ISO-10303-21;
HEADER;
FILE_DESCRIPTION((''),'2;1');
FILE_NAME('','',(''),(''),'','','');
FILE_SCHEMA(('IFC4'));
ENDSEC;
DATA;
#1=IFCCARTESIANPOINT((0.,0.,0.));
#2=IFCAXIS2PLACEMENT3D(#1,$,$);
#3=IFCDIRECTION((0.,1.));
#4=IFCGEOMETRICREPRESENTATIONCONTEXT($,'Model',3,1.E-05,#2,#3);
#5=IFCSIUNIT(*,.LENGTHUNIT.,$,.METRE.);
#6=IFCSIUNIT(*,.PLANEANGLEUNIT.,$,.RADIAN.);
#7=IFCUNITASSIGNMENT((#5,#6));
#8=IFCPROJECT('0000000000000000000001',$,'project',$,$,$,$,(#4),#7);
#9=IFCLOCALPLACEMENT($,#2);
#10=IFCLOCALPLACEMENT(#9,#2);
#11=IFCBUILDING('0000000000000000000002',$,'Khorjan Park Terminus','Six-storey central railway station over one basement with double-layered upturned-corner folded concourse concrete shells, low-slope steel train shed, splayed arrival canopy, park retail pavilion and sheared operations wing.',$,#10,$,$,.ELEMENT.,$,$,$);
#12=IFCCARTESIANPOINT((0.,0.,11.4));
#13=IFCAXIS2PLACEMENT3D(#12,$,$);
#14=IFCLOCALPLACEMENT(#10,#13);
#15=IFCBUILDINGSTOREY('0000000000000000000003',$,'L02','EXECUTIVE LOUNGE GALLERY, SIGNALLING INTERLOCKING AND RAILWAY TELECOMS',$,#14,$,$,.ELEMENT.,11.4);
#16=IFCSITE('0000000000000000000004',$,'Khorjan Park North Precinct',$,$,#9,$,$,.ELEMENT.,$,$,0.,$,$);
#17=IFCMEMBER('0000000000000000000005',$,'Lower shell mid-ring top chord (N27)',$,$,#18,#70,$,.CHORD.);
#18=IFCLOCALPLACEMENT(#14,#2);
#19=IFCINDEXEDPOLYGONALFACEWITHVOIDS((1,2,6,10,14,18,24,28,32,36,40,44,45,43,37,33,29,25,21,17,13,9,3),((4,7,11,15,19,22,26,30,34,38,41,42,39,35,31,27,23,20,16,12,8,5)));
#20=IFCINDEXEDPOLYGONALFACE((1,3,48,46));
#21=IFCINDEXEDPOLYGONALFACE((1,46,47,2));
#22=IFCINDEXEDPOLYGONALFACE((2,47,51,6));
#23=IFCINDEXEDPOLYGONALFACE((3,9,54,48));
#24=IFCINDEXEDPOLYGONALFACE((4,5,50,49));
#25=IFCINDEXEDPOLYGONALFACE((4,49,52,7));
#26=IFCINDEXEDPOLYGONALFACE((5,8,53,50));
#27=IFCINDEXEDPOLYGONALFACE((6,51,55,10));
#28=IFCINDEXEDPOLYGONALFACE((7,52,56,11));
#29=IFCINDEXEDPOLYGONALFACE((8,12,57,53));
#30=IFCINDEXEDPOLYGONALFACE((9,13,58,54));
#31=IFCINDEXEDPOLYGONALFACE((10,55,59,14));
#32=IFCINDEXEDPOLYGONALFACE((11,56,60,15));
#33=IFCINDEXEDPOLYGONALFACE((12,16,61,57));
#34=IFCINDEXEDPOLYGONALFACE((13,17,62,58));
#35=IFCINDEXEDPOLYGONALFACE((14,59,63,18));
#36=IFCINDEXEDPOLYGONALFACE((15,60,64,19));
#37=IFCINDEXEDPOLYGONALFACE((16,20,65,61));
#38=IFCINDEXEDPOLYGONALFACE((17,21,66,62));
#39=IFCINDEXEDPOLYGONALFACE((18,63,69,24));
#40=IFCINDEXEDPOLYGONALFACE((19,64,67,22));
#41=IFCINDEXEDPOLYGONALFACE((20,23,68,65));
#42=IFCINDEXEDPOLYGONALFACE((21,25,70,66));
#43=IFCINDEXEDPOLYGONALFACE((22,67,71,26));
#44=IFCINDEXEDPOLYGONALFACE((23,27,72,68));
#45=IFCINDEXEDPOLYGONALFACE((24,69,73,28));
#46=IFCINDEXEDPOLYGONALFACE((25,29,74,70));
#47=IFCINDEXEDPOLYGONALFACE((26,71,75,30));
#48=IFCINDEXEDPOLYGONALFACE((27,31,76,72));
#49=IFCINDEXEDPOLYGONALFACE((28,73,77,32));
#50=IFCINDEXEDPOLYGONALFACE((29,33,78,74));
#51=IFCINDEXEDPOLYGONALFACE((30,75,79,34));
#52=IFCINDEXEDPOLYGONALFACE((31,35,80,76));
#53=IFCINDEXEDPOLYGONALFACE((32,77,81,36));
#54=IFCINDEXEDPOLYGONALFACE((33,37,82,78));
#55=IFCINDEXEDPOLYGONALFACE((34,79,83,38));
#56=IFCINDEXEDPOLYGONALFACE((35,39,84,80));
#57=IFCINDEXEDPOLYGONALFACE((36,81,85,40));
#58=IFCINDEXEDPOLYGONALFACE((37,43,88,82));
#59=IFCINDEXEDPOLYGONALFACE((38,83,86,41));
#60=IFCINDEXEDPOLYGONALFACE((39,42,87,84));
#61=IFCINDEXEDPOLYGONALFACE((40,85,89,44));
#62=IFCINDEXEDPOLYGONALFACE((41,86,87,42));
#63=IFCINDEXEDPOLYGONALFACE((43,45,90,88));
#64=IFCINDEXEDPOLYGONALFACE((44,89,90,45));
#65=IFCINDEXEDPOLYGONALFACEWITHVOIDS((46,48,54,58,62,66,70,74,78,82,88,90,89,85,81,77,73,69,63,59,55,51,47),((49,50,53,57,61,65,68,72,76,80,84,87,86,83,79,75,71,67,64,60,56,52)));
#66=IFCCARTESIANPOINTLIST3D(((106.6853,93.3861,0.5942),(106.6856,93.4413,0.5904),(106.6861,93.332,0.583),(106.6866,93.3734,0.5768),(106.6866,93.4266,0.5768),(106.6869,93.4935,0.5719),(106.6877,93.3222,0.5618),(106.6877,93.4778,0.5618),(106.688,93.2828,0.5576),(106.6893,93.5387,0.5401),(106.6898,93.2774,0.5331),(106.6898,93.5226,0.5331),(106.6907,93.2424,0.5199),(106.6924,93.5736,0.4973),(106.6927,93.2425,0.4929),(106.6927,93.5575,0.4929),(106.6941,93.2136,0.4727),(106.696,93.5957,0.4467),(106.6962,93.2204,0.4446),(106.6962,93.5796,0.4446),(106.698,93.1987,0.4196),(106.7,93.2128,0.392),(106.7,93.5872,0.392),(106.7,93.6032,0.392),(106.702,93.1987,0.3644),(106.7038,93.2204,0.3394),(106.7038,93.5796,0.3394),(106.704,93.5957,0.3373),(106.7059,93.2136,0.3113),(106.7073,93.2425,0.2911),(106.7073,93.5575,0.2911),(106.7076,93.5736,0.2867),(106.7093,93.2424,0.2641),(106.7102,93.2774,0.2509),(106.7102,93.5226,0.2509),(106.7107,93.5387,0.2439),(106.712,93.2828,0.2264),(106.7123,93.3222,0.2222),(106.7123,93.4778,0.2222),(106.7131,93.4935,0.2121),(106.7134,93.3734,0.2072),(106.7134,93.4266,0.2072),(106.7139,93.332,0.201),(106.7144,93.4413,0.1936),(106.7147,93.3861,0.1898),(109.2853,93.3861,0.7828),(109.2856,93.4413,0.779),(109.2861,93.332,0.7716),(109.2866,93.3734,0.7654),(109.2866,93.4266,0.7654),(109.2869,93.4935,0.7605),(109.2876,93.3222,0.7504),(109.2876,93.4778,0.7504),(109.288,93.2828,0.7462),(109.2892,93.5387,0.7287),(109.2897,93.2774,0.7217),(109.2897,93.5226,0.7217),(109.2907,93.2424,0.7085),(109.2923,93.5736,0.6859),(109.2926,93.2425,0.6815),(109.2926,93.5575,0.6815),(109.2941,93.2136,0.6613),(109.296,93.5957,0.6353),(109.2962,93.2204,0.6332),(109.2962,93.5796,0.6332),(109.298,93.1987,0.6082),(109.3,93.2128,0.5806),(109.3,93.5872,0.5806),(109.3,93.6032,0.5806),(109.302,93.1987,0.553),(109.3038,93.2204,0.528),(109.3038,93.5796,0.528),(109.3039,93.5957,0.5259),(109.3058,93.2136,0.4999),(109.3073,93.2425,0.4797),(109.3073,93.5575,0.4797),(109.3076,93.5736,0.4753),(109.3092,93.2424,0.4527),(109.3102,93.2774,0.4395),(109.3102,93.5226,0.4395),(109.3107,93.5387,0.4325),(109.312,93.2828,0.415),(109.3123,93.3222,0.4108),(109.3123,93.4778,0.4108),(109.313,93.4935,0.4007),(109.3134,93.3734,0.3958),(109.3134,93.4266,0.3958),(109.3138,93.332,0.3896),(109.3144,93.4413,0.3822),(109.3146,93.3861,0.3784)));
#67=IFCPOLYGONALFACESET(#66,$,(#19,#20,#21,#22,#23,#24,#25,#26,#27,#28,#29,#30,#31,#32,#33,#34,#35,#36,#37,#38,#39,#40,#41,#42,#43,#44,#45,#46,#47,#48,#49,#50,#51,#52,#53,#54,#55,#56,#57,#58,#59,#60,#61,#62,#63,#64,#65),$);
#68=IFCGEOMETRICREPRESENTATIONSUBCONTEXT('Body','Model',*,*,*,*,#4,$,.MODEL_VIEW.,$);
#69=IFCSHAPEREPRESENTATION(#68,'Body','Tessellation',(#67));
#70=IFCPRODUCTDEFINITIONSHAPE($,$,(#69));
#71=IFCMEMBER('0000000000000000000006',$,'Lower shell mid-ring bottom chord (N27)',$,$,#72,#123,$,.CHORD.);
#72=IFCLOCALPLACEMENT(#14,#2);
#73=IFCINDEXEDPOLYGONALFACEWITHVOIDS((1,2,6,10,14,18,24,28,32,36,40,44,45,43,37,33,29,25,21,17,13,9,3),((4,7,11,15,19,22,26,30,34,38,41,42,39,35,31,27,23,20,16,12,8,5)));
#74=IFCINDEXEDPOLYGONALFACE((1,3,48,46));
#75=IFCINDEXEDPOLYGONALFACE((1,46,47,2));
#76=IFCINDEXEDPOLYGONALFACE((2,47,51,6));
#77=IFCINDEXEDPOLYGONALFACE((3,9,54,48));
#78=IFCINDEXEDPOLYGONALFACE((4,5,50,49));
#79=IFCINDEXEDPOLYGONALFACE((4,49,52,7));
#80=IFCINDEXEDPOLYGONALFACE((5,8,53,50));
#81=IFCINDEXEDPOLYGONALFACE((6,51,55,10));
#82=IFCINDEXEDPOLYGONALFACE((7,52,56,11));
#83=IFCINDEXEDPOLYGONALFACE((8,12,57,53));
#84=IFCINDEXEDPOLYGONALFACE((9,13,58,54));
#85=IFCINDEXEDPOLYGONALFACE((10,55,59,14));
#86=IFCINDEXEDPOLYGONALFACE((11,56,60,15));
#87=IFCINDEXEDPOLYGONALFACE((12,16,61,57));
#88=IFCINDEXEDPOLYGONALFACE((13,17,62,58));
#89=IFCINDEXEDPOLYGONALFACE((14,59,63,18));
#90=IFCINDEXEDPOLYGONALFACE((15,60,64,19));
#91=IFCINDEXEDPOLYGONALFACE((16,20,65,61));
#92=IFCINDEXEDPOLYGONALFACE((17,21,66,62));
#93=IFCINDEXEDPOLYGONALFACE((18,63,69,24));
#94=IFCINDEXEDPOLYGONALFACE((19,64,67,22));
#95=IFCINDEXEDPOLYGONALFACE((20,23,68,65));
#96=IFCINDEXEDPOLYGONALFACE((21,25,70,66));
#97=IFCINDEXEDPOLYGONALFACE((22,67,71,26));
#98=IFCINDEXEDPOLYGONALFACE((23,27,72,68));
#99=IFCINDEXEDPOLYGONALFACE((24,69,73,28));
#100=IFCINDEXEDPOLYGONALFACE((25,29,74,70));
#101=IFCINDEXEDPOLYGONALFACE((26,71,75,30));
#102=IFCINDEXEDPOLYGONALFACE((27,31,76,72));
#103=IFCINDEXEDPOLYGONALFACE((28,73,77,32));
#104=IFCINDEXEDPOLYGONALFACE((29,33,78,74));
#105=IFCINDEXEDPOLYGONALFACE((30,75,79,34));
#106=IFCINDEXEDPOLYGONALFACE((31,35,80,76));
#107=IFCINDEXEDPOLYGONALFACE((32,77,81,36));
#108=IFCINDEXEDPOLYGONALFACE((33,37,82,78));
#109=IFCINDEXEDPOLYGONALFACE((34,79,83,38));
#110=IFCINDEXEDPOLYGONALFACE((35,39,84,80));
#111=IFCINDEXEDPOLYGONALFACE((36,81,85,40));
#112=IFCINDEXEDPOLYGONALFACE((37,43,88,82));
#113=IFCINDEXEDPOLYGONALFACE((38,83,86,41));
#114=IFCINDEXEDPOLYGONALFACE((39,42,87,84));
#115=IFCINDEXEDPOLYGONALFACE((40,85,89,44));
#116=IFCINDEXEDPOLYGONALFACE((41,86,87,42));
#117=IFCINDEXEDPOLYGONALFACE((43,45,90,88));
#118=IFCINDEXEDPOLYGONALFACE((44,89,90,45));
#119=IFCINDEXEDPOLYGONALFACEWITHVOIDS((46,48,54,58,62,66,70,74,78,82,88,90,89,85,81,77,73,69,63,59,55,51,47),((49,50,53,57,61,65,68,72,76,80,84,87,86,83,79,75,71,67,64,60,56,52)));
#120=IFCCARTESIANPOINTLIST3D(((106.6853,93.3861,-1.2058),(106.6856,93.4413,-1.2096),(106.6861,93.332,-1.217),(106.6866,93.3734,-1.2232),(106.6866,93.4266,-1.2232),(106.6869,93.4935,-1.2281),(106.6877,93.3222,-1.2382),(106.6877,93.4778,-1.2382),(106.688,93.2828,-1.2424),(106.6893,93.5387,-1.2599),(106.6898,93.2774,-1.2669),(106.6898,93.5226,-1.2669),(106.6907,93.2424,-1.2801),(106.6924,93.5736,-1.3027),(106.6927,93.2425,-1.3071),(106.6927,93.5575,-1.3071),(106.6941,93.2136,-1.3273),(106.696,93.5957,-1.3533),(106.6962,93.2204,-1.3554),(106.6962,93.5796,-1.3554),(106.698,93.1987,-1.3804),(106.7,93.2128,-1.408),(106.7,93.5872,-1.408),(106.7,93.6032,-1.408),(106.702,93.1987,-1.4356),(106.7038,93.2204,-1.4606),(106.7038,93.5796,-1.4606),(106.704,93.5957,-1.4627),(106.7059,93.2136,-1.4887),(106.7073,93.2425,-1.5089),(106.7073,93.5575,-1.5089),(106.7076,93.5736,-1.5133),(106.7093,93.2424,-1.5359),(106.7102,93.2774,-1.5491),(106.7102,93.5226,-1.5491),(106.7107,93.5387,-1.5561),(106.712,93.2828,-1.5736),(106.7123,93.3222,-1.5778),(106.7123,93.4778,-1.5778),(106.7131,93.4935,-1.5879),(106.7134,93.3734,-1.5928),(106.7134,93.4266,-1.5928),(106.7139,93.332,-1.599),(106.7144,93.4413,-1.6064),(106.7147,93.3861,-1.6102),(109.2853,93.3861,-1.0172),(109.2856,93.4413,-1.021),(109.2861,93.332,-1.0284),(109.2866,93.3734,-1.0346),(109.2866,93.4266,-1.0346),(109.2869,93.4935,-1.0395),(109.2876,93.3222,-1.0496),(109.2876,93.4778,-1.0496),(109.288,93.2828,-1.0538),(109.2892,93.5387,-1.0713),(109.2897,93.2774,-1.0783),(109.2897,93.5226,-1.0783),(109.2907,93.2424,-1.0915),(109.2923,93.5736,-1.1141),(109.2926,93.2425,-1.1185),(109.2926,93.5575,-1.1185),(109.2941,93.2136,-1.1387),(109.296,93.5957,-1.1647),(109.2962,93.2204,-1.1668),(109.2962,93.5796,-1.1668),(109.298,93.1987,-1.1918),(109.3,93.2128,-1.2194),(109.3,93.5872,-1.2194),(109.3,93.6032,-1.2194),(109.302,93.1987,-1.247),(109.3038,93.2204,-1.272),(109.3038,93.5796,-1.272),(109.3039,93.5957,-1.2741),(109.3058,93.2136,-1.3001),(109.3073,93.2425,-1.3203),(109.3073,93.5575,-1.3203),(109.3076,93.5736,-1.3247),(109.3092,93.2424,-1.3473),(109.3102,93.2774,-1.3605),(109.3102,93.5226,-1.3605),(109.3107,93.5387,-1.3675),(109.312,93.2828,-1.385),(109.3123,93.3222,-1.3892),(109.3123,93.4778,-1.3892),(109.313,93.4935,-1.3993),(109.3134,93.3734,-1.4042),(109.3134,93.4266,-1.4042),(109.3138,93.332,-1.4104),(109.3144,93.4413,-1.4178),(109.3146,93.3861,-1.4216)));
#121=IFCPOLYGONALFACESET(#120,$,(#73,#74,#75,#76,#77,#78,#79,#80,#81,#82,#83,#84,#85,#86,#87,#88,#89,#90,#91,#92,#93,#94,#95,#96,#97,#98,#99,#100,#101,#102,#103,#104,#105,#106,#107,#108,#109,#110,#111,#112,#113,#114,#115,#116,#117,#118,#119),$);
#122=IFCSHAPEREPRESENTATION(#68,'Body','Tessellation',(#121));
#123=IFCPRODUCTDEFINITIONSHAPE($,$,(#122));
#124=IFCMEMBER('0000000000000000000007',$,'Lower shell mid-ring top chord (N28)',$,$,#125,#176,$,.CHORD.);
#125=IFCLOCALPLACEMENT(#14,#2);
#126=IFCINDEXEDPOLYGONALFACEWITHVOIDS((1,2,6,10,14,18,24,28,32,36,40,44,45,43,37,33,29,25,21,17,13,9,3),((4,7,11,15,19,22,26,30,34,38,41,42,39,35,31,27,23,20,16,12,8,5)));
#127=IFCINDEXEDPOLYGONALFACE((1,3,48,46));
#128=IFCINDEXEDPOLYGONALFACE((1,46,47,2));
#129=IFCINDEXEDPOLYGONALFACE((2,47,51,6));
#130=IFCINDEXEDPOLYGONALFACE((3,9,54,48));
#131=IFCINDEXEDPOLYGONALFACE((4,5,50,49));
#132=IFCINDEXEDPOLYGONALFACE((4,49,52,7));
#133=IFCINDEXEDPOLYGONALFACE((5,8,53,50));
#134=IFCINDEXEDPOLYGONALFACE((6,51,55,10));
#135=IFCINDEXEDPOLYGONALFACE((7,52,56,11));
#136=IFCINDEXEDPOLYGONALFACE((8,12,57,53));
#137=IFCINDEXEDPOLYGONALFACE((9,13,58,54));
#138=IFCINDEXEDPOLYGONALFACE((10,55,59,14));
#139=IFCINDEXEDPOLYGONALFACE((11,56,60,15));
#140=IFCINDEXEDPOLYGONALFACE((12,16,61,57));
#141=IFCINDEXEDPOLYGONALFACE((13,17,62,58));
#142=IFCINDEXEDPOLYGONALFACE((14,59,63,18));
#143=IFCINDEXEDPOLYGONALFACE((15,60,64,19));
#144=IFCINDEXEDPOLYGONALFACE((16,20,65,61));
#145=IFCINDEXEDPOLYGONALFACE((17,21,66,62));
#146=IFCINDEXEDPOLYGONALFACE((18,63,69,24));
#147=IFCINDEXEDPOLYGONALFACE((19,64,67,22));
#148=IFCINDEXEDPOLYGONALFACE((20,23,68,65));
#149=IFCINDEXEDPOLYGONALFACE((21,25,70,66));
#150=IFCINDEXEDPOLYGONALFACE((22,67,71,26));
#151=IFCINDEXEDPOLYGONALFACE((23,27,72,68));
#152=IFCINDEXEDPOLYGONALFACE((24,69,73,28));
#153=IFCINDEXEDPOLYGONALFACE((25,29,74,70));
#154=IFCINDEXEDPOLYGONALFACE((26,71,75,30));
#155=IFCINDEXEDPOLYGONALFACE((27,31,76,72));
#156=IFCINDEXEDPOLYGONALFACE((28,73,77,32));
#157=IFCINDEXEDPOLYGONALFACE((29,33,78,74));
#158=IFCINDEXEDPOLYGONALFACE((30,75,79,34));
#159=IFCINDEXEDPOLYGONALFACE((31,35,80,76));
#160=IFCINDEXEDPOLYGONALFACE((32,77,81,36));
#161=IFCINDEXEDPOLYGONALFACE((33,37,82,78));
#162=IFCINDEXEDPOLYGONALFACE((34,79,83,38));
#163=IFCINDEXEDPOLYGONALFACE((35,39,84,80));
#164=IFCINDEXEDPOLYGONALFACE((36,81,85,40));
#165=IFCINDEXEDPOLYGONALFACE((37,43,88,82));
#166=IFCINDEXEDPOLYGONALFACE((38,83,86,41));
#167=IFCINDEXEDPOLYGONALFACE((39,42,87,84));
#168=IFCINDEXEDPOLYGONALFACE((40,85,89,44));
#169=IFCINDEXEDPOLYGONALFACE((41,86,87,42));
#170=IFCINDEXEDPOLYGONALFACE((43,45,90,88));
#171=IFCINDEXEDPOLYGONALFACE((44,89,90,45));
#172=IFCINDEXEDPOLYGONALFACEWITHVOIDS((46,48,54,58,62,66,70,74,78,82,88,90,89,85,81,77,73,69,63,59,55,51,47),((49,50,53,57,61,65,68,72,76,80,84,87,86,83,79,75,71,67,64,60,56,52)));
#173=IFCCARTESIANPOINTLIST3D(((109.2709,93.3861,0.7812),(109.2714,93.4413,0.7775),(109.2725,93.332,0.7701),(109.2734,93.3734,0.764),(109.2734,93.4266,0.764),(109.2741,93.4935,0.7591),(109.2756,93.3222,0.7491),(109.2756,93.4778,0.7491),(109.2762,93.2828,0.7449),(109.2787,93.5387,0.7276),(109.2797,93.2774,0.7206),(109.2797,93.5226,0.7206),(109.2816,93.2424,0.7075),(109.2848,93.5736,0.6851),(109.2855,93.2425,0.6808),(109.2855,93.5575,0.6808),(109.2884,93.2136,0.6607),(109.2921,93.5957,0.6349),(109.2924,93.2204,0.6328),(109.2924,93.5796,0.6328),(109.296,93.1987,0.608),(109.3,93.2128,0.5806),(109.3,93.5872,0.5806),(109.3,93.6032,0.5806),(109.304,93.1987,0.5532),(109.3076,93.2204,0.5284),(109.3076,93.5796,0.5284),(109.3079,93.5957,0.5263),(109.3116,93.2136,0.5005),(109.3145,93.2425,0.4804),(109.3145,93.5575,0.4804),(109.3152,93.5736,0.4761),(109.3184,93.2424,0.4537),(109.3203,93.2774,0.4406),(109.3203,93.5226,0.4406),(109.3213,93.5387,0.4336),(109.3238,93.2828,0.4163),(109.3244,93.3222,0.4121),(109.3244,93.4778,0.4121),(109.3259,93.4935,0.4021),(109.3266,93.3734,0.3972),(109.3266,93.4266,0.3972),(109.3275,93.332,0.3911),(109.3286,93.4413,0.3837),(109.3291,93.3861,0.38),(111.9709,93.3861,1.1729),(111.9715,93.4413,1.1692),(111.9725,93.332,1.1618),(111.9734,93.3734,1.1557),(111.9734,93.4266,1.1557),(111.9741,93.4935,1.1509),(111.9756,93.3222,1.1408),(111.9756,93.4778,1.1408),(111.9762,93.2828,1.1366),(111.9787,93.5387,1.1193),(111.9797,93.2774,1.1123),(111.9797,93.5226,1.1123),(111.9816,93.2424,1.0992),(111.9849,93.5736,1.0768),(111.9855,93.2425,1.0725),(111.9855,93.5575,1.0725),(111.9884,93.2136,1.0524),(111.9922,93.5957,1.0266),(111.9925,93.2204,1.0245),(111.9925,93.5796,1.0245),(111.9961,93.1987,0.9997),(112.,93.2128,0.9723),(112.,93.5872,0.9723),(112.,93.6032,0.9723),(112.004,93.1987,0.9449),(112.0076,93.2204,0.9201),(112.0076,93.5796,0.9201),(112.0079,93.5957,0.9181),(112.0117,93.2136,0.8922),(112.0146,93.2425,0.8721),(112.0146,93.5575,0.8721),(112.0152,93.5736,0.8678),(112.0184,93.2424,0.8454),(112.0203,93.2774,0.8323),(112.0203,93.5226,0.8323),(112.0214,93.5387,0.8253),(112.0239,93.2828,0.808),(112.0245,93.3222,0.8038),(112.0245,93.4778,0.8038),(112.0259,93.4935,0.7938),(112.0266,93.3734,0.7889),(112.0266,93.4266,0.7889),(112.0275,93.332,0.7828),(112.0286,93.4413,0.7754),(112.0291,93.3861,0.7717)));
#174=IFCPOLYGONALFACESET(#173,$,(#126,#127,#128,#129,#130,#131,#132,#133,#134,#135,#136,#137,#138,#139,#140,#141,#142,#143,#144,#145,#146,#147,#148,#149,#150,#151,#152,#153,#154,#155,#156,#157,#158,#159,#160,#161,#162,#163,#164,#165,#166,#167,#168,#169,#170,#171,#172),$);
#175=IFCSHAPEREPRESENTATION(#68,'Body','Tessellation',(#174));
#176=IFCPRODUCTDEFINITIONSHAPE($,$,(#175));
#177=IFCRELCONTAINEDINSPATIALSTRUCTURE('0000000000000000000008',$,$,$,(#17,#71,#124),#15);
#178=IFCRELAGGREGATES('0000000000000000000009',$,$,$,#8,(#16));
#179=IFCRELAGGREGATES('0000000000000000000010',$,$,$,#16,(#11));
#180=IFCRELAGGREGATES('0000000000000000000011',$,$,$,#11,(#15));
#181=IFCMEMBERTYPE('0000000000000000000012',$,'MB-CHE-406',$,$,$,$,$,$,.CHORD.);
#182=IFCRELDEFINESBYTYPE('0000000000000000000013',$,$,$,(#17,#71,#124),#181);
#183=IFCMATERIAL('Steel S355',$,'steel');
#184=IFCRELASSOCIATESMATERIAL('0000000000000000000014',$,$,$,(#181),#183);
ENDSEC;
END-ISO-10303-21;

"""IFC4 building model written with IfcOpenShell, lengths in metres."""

from ifc_helpers import new_model, si_unit, direction, frame, origin, origin_2d, place, context, subcontext, project, spatial, hollow_circle, extrude, material, material_profile, profile_set, type_object, element, save


model = new_model("IFC4")

# Units and contexts
model_context = context("Model", 3, precision=1e-05, world=origin(), true_north=direction((0.0, 1.0)))
body_context = subcontext(model_context, "Body", "Model", "MODEL_VIEW")
ifc_project = project(units=[si_unit("LENGTHUNIT", "METRE"), si_unit("PLANEANGLEUNIT", "RADIAN")], contexts=[model_context])

# Site, building, storey
site_placement = place(None, origin())
site = spatial("IfcSite", under=ifc_project, at=site_placement, Name="Khorjan Park North Precinct", CompositionType="ELEMENT", RefElevation=0.0)
building_placement = place(site_placement, origin())
building = spatial("IfcBuilding", under=site, at=building_placement, Name="Khorjan Park Terminus", Description="Six-storey central railway station over one basement with double-layered upturned-corner folded concourse concrete shells, low-slope steel train shed, splayed arrival canopy, park retail pavilion and sheared operations wing.", CompositionType="ELEMENT")
storey_placement = place(building_placement, frame((0.0, 0.0, 11.4)))
storey = spatial("IfcBuildingStorey", under=building, at=storey_placement, Name="L02", Description="EXECUTIVE LOUNGE GALLERY, SIGNALLING INTERLOCKING AND RAILWAY TELECOMS", CompositionType="ELEMENT", Elevation=11.4)

# Members
ifc_material_1 = material(Name="Steel S355", Category="steel")
ifc_material_profile_1 = material_profile(ifc_material_1, hollow_circle(Radius=0.2032, WallThickness=0.016, at=origin_2d()), Name="CHS 406.4x16")
ifc_profile_set_1 = profile_set([ifc_material_profile_1], Name="Steel S355")
member_type_1 = type_object("IfcMemberType", Name="MB-CHE-406", PredefinedType="CHORD", material=ifc_profile_set_1)
for number, where, z_axis, x_axis, name in (
    (1, (106.7, 93.4, 0.392), (0.997379, 0.0, 0.072348), (0.0, 1.0, 0.0), "Lower shell mid-ring top chord (N27)"),
    (2, (106.7, 93.4, -1.408), (0.997379, 0.0, 0.072348), (0.0, 1.0, 0.0), "Lower shell mid-ring bottom chord (N27)"),
):
    element("IfcMember", number, at=place(storey_placement, frame(where, z_axis=z_axis, x_axis=x_axis)), inside=storey, type_object=member_type_1, Name=name, PredefinedType="CHORD", context=body_context, shape_type="SweptSolid", body=[
        extrude(hollow_circle(Radius=0.2032, WallThickness=0.016, at=origin_2d()), origin(), (0.0, 0.0, 1.0), 2.6068),
    ])
for number, where, z_axis, x_axis, name in (
    (3, (109.3, 93.4, 0.5806), (0.98964, 0.0, 0.143571), (0.0, 1.0, 0.0), "Lower shell mid-ring top chord (N28)"),
):
    element("IfcMember", number, at=place(storey_placement, frame(where, z_axis=z_axis, x_axis=x_axis)), inside=storey, type_object=member_type_1, Name=name, PredefinedType="CHORD", context=body_context, shape_type="SweptSolid", body=[
        extrude(hollow_circle(Radius=0.2032, WallThickness=0.016, at=origin_2d()), origin(), (0.0, 0.0, 1.0), 2.7283),
    ])

save(model, "model.ifc")
